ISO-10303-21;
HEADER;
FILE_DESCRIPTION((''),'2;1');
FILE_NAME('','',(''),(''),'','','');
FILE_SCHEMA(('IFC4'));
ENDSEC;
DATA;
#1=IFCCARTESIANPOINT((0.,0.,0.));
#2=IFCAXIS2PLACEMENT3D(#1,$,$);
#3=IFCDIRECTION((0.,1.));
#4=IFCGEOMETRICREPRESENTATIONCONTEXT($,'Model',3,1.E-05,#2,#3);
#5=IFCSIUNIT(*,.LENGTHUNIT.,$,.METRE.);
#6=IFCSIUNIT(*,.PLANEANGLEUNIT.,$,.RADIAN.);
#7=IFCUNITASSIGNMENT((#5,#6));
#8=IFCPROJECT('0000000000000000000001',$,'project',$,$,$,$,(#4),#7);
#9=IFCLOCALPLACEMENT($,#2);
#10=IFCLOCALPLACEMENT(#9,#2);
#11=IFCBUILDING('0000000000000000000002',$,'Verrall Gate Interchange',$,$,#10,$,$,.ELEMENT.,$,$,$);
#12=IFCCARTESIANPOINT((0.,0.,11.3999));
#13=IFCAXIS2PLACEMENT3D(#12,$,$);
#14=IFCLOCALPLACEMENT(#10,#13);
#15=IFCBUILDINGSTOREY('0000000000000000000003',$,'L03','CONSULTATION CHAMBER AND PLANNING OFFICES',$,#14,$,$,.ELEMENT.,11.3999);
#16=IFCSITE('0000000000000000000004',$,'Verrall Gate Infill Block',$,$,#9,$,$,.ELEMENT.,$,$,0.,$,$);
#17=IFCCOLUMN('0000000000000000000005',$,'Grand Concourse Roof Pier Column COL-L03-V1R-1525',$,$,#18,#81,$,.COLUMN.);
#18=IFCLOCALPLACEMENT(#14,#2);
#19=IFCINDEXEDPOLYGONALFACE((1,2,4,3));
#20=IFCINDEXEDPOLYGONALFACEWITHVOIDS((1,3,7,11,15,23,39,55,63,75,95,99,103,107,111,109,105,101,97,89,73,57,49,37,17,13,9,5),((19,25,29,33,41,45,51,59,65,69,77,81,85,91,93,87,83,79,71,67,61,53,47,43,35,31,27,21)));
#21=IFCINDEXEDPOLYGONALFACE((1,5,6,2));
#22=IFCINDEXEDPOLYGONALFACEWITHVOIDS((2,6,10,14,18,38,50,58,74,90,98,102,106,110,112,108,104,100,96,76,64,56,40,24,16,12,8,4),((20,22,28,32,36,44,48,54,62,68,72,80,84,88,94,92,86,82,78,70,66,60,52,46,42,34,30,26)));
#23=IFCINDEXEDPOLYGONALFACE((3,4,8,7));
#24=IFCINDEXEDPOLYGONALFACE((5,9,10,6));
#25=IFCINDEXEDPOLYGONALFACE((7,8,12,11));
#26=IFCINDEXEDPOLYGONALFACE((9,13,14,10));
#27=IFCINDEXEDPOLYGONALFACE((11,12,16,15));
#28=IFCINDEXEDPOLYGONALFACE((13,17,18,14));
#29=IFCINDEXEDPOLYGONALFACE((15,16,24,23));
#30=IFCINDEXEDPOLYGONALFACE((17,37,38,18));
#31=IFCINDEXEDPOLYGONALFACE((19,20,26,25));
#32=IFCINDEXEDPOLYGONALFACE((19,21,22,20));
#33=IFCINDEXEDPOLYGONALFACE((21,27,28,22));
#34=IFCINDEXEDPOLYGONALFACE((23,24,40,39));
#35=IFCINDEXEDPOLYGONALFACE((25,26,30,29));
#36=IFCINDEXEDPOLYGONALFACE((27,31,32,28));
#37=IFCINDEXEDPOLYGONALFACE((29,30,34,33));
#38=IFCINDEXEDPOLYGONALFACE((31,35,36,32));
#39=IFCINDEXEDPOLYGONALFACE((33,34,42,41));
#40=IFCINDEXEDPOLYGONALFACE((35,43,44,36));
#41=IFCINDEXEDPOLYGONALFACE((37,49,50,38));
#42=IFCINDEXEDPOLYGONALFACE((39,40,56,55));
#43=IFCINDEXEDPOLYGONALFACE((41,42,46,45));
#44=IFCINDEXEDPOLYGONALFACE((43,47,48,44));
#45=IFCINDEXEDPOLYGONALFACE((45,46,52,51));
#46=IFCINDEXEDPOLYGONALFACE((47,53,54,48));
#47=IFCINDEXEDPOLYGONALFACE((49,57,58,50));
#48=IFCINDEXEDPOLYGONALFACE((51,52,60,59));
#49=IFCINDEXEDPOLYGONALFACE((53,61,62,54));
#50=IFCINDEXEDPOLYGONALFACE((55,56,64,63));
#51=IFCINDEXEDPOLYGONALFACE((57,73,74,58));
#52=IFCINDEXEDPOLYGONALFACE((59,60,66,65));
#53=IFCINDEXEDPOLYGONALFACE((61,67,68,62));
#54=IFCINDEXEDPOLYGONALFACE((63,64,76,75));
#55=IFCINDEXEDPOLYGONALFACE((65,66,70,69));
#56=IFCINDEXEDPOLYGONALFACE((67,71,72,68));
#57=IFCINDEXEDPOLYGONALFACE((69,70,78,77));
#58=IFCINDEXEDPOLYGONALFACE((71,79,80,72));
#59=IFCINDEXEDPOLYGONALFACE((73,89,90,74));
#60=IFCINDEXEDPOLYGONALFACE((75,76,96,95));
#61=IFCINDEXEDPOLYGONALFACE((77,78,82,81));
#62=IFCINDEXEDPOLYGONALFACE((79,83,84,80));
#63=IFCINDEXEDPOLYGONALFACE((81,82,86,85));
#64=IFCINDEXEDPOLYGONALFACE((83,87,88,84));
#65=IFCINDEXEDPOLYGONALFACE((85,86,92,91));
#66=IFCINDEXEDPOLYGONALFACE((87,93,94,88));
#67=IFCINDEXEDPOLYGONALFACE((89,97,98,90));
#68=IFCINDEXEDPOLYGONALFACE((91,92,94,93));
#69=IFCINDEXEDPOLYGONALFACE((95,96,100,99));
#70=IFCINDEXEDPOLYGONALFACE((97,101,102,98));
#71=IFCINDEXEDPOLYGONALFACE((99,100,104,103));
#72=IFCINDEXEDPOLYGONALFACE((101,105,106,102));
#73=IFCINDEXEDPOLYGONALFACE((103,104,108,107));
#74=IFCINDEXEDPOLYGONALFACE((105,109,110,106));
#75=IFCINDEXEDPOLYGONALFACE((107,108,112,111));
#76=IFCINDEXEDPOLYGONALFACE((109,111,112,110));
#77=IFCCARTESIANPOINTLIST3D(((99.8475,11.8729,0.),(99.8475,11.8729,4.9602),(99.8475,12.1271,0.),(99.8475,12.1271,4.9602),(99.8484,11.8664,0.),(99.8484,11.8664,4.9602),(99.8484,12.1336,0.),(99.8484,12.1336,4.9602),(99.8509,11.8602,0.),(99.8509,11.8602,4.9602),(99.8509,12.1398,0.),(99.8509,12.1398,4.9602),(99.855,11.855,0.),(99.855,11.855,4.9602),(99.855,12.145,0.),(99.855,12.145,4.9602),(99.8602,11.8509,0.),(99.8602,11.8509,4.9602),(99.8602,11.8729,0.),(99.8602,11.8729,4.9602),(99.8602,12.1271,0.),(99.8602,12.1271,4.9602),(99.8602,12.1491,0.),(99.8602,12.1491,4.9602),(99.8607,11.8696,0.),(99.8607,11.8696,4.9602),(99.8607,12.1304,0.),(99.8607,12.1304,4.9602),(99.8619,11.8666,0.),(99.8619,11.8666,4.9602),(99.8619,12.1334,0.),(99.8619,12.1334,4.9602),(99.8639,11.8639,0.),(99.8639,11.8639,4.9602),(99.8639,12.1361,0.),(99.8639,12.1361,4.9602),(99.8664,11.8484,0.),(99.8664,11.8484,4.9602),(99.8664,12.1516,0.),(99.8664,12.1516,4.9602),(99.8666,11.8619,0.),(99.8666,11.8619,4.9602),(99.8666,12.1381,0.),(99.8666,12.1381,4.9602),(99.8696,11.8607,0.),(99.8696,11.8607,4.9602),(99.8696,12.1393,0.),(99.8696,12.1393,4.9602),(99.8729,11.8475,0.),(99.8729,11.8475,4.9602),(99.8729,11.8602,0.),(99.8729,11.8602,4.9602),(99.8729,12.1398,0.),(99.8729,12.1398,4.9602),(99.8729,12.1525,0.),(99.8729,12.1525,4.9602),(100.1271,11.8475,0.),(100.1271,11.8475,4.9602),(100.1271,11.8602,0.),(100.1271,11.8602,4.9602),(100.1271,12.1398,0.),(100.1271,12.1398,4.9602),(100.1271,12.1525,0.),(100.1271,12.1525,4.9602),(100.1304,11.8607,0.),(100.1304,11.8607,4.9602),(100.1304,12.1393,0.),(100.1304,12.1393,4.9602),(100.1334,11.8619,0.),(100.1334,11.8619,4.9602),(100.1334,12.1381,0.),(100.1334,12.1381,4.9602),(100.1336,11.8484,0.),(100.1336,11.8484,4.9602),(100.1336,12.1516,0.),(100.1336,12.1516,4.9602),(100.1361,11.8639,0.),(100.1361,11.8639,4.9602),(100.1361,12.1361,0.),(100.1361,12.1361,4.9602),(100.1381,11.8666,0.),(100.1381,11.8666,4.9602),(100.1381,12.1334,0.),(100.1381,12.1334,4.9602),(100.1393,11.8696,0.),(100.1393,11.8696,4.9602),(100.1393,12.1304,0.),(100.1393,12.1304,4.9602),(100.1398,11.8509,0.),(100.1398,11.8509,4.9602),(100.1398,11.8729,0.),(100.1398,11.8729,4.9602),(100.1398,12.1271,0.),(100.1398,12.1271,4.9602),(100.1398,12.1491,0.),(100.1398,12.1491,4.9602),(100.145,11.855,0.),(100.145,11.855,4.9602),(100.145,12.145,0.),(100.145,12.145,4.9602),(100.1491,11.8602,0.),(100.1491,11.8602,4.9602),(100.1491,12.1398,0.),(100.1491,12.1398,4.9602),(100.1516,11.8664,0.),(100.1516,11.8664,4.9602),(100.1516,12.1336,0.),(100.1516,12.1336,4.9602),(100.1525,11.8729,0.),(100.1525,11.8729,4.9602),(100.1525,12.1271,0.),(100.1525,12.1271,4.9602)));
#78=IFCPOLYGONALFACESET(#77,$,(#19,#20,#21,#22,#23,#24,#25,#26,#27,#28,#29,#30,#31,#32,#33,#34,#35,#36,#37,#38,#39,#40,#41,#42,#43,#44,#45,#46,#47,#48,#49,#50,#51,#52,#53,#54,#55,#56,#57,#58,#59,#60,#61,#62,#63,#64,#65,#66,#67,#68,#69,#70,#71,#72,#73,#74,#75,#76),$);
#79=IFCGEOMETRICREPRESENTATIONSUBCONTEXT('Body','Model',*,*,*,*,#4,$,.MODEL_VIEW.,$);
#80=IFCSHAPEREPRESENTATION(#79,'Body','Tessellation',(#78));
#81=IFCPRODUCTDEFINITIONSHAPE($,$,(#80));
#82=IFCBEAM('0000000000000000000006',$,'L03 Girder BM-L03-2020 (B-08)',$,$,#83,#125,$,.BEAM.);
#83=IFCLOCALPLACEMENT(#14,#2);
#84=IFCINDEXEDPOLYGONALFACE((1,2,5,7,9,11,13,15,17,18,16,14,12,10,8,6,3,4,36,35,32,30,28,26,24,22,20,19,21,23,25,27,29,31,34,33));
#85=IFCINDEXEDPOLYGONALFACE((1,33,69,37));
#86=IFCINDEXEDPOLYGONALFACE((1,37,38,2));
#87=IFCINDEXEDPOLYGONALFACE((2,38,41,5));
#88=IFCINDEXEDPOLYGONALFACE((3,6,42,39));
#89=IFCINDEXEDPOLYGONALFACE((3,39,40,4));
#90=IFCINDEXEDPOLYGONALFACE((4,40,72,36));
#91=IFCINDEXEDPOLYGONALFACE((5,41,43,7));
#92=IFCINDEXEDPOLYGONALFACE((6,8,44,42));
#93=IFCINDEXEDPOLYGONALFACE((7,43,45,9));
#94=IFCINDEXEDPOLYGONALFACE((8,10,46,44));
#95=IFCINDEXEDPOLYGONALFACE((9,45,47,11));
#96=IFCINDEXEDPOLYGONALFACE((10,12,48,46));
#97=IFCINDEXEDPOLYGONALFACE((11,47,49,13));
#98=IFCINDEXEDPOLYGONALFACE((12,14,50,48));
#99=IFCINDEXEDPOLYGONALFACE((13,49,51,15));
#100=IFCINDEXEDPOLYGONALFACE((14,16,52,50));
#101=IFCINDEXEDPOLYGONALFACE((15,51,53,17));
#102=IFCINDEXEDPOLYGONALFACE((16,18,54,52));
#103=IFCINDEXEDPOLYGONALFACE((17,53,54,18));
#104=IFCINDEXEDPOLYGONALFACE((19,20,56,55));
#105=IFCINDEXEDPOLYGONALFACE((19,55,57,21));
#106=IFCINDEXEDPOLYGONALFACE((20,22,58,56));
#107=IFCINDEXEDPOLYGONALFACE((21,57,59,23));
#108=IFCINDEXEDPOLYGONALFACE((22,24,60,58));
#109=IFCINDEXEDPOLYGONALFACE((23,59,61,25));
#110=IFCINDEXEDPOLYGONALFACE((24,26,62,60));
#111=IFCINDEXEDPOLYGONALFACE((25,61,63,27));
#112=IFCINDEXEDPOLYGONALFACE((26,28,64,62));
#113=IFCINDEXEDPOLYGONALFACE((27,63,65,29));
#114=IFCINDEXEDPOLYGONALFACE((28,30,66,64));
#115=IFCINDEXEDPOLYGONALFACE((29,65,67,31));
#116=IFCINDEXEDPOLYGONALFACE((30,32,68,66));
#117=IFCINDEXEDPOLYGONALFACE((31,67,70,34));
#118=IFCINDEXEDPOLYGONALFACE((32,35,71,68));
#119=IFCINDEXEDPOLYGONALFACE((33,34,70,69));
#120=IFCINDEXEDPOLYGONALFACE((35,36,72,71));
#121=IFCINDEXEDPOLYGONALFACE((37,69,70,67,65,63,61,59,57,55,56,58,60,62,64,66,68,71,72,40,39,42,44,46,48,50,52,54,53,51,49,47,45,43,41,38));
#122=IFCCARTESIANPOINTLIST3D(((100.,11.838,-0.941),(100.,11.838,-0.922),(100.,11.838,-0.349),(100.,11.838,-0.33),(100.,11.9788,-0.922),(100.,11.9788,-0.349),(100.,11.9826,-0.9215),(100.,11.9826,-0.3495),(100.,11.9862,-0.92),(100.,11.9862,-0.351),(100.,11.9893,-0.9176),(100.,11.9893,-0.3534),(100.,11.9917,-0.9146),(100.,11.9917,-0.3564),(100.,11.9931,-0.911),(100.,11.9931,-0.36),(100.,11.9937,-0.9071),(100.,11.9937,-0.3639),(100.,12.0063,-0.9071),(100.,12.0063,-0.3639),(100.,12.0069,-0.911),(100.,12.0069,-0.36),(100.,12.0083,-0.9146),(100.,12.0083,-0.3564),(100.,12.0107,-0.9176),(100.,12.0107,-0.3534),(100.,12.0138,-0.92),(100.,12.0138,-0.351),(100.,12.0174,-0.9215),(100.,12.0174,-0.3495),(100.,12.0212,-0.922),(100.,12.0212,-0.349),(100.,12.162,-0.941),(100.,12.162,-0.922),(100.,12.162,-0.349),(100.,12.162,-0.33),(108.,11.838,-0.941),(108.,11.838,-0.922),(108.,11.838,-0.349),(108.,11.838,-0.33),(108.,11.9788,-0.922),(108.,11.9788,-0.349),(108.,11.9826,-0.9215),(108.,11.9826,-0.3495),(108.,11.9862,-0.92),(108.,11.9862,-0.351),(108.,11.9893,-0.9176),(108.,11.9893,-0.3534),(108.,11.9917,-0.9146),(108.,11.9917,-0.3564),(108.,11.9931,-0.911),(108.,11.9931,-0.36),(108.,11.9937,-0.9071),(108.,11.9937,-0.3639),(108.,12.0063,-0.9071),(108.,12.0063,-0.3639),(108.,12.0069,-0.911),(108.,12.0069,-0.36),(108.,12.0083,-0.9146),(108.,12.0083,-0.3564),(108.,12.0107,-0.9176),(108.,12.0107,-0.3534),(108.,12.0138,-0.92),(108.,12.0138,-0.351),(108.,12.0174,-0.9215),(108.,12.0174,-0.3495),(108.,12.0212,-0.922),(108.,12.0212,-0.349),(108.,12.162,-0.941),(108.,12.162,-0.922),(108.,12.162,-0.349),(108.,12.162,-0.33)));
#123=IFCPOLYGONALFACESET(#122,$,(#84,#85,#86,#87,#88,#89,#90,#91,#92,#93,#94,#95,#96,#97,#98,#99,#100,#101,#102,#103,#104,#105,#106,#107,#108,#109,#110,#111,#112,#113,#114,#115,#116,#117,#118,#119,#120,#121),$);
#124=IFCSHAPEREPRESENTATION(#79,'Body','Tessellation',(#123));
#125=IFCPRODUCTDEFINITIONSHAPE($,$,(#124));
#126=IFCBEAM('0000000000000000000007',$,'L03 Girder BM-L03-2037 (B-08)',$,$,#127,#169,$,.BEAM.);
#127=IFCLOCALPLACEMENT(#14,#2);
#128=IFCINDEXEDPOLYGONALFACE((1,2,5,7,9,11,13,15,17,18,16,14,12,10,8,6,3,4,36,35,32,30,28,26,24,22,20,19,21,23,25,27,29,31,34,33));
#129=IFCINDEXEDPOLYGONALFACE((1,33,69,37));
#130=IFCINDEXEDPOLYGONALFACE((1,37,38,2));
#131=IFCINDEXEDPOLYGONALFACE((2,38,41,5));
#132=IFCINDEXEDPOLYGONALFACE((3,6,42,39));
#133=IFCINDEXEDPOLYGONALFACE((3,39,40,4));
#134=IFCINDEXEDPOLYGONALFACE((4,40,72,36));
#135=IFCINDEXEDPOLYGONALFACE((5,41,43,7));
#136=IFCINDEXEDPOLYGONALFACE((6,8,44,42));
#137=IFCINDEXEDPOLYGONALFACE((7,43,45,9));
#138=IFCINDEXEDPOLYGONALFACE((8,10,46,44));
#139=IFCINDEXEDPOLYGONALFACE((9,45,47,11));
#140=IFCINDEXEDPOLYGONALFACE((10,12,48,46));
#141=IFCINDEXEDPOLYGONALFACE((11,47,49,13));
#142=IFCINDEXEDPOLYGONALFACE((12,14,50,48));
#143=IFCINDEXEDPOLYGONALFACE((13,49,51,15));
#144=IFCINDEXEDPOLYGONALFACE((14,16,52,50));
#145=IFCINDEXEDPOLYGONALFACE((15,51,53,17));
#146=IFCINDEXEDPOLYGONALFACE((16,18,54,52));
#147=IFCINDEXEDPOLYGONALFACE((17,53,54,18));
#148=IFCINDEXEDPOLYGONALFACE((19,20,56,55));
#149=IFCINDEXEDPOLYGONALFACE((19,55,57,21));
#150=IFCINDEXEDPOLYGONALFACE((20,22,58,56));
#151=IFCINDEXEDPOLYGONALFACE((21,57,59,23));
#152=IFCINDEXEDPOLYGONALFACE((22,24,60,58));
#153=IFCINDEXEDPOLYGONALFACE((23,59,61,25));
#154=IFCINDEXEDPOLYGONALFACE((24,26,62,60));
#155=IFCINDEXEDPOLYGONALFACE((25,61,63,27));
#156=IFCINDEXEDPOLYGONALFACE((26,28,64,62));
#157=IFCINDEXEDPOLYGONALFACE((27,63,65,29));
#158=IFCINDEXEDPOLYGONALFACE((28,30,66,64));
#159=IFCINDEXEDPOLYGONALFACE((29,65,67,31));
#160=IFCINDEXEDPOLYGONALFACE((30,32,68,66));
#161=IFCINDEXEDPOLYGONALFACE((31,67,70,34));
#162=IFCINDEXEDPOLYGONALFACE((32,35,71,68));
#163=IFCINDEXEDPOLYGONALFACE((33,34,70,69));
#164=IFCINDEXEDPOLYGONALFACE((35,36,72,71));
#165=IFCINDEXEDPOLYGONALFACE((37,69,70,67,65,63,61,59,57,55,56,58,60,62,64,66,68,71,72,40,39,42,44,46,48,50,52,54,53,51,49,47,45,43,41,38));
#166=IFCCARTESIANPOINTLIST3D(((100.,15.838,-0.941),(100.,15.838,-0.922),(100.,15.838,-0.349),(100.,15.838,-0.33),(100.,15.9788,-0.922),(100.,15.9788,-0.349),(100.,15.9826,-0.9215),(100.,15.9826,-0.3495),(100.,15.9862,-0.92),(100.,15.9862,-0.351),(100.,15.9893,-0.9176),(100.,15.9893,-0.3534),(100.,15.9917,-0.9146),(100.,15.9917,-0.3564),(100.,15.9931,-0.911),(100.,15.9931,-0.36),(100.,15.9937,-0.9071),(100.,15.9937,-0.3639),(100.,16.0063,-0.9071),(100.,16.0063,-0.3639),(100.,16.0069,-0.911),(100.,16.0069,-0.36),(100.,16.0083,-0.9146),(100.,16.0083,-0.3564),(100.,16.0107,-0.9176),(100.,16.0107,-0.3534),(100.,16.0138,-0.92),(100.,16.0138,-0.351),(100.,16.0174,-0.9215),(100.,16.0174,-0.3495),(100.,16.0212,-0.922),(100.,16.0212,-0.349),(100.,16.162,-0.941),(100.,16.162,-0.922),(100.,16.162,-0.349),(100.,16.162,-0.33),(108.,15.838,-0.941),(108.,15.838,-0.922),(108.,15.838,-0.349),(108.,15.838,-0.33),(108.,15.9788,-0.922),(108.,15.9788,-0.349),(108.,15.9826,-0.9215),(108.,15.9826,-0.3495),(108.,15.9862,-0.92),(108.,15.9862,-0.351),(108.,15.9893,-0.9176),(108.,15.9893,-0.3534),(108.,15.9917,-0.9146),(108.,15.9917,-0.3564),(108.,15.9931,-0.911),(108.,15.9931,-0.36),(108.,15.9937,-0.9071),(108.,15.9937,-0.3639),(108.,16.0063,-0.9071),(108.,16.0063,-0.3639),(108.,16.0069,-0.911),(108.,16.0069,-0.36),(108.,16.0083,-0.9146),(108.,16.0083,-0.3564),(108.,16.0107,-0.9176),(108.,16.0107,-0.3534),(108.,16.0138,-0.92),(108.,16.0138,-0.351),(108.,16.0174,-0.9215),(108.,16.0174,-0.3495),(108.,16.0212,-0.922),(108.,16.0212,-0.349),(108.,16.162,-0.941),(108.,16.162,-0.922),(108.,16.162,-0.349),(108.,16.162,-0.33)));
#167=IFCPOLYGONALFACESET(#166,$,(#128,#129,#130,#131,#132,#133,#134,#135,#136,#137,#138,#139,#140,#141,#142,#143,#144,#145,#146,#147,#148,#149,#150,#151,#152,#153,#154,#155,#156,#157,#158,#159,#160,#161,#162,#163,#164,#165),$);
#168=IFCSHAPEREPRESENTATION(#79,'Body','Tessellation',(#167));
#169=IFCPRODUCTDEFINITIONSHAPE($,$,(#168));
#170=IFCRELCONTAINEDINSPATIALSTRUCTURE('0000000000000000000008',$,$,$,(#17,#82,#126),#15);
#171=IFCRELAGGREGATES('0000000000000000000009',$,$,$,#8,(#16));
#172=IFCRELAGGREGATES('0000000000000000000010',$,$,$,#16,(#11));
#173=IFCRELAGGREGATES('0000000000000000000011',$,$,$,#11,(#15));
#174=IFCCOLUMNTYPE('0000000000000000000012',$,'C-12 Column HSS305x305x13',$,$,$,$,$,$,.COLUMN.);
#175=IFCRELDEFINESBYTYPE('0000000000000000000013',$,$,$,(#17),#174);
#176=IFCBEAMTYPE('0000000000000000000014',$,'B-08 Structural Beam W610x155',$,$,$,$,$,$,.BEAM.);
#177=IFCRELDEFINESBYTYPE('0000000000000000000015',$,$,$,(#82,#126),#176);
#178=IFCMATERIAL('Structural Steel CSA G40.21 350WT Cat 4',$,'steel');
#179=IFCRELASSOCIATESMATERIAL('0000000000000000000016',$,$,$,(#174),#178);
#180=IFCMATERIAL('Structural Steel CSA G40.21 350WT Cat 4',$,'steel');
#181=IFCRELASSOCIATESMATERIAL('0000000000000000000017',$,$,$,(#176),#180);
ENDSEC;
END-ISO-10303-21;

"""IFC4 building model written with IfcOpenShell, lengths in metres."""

from ifc_helpers import new_model, si_unit, direction, frame, origin, origin_2d, place, context, subcontext, project, spatial, hollow_rectangle, i_section, extrude, material, material_profile, profile_set, type_object, element, save


model = new_model("IFC4")

# Units and contexts
model_context = context("Model", 3, precision=1e-05, world=origin(), true_north=direction((0.0, 1.0)))
body_context = subcontext(model_context, "Body", "Model", "MODEL_VIEW")
ifc_project = project(units=[si_unit("LENGTHUNIT", "METRE"), si_unit("PLANEANGLEUNIT", "RADIAN")], contexts=[model_context])

# Site, building, storey
site_placement = place(None, origin())
site = spatial("IfcSite", under=ifc_project, at=site_placement, Name="Verrall Gate Infill Block", CompositionType="ELEMENT", RefElevation=0.0)
building_placement = place(site_placement, origin())
building = spatial("IfcBuilding", under=site, at=building_placement, Name="Verrall Gate Interchange", CompositionType="ELEMENT")
storey_placement = place(building_placement, frame((0.0, 0.0, 11.3999)))
storey = spatial("IfcBuildingStorey", under=building, at=storey_placement, Name="L03", Description="CONSULTATION CHAMBER AND PLANNING OFFICES", CompositionType="ELEMENT", Elevation=11.3999)

# Column
ifc_material_1 = material(Name="Structural Steel CSA G40.21 350WT Cat 4", Category="steel")
ifc_material_profile_1 = material_profile(ifc_material_1, hollow_rectangle(XDim=0.3049, YDim=0.3049, WallThickness=0.0127, InnerFilletRadius=0.0127, OuterFilletRadius=0.0254, at=origin_2d()), Name="HSS305x305x13")
ifc_profile_set_1 = profile_set([ifc_material_profile_1], Name="Structural Steel CSA G40.21 350WT Cat 4")
column_type = type_object("IfcColumnType", Name="C-12 Column HSS305x305x13", PredefinedType="COLUMN", material=ifc_profile_set_1)
column_placement = place(storey_placement, frame((100.0, 12.0, 0.0), z_axis=(0.0, 0.0, 1.0), x_axis=(1.0, 0.0, 0.0)))
element("IfcColumn", 1, at=column_placement, inside=storey, type_object=column_type, Name="Grand Concourse Roof Pier Column COL-L03-V1R-1525", PredefinedType="COLUMN", context=body_context, shape_type="SweptSolid", body=[
    extrude(hollow_rectangle(XDim=0.3049, YDim=0.3049, WallThickness=0.0127, InnerFilletRadius=0.0127, OuterFilletRadius=0.0254, at=origin_2d()), origin(), (0.0, 0.0, 1.0), 4.9602),
])

# Beams
ifc_material_2 = material(Name="Structural Steel CSA G40.21 350WT Cat 4", Category="steel")
ifc_material_profile_2 = material_profile(ifc_material_2, i_section(OverallWidth=0.324, OverallDepth=0.6111, WebThickness=0.0127, FlangeThickness=0.019, FilletRadius=0.0149, at=origin_2d()), Name="W610x155")
ifc_profile_set_2 = profile_set([ifc_material_profile_2], Name="Structural Steel CSA G40.21 350WT Cat 4")
beam_type_1 = type_object("IfcBeamType", Name="B-08 Structural Beam W610x155", PredefinedType="BEAM", material=ifc_profile_set_2)
for number, where, z_axis, x_axis, name in (
    (2, (100.0, 12.0, -0.6355), (1.0, 0.0, 0.0), (0.0, 1.0, 0.0), "L03 Girder BM-L03-2020 (B-08)"),
    (3, (100.0, 16.0, -0.6355), (1.0, 0.0, 0.0), (0.0, 1.0, 0.0), "L03 Girder BM-L03-2037 (B-08)"),
):
    element("IfcBeam", number, at=place(storey_placement, frame(where, z_axis=z_axis, x_axis=x_axis)), inside=storey, type_object=beam_type_1, Name=name, PredefinedType="BEAM", context=body_context, shape_type="SweptSolid", body=[
        extrude(i_section(OverallWidth=0.324, OverallDepth=0.6111, WebThickness=0.0127, FlangeThickness=0.019, FilletRadius=0.0149, at=origin_2d()), origin(), (0.0, 0.0, 1.0), 8.0),
    ])

save(model, "model.ifc")
